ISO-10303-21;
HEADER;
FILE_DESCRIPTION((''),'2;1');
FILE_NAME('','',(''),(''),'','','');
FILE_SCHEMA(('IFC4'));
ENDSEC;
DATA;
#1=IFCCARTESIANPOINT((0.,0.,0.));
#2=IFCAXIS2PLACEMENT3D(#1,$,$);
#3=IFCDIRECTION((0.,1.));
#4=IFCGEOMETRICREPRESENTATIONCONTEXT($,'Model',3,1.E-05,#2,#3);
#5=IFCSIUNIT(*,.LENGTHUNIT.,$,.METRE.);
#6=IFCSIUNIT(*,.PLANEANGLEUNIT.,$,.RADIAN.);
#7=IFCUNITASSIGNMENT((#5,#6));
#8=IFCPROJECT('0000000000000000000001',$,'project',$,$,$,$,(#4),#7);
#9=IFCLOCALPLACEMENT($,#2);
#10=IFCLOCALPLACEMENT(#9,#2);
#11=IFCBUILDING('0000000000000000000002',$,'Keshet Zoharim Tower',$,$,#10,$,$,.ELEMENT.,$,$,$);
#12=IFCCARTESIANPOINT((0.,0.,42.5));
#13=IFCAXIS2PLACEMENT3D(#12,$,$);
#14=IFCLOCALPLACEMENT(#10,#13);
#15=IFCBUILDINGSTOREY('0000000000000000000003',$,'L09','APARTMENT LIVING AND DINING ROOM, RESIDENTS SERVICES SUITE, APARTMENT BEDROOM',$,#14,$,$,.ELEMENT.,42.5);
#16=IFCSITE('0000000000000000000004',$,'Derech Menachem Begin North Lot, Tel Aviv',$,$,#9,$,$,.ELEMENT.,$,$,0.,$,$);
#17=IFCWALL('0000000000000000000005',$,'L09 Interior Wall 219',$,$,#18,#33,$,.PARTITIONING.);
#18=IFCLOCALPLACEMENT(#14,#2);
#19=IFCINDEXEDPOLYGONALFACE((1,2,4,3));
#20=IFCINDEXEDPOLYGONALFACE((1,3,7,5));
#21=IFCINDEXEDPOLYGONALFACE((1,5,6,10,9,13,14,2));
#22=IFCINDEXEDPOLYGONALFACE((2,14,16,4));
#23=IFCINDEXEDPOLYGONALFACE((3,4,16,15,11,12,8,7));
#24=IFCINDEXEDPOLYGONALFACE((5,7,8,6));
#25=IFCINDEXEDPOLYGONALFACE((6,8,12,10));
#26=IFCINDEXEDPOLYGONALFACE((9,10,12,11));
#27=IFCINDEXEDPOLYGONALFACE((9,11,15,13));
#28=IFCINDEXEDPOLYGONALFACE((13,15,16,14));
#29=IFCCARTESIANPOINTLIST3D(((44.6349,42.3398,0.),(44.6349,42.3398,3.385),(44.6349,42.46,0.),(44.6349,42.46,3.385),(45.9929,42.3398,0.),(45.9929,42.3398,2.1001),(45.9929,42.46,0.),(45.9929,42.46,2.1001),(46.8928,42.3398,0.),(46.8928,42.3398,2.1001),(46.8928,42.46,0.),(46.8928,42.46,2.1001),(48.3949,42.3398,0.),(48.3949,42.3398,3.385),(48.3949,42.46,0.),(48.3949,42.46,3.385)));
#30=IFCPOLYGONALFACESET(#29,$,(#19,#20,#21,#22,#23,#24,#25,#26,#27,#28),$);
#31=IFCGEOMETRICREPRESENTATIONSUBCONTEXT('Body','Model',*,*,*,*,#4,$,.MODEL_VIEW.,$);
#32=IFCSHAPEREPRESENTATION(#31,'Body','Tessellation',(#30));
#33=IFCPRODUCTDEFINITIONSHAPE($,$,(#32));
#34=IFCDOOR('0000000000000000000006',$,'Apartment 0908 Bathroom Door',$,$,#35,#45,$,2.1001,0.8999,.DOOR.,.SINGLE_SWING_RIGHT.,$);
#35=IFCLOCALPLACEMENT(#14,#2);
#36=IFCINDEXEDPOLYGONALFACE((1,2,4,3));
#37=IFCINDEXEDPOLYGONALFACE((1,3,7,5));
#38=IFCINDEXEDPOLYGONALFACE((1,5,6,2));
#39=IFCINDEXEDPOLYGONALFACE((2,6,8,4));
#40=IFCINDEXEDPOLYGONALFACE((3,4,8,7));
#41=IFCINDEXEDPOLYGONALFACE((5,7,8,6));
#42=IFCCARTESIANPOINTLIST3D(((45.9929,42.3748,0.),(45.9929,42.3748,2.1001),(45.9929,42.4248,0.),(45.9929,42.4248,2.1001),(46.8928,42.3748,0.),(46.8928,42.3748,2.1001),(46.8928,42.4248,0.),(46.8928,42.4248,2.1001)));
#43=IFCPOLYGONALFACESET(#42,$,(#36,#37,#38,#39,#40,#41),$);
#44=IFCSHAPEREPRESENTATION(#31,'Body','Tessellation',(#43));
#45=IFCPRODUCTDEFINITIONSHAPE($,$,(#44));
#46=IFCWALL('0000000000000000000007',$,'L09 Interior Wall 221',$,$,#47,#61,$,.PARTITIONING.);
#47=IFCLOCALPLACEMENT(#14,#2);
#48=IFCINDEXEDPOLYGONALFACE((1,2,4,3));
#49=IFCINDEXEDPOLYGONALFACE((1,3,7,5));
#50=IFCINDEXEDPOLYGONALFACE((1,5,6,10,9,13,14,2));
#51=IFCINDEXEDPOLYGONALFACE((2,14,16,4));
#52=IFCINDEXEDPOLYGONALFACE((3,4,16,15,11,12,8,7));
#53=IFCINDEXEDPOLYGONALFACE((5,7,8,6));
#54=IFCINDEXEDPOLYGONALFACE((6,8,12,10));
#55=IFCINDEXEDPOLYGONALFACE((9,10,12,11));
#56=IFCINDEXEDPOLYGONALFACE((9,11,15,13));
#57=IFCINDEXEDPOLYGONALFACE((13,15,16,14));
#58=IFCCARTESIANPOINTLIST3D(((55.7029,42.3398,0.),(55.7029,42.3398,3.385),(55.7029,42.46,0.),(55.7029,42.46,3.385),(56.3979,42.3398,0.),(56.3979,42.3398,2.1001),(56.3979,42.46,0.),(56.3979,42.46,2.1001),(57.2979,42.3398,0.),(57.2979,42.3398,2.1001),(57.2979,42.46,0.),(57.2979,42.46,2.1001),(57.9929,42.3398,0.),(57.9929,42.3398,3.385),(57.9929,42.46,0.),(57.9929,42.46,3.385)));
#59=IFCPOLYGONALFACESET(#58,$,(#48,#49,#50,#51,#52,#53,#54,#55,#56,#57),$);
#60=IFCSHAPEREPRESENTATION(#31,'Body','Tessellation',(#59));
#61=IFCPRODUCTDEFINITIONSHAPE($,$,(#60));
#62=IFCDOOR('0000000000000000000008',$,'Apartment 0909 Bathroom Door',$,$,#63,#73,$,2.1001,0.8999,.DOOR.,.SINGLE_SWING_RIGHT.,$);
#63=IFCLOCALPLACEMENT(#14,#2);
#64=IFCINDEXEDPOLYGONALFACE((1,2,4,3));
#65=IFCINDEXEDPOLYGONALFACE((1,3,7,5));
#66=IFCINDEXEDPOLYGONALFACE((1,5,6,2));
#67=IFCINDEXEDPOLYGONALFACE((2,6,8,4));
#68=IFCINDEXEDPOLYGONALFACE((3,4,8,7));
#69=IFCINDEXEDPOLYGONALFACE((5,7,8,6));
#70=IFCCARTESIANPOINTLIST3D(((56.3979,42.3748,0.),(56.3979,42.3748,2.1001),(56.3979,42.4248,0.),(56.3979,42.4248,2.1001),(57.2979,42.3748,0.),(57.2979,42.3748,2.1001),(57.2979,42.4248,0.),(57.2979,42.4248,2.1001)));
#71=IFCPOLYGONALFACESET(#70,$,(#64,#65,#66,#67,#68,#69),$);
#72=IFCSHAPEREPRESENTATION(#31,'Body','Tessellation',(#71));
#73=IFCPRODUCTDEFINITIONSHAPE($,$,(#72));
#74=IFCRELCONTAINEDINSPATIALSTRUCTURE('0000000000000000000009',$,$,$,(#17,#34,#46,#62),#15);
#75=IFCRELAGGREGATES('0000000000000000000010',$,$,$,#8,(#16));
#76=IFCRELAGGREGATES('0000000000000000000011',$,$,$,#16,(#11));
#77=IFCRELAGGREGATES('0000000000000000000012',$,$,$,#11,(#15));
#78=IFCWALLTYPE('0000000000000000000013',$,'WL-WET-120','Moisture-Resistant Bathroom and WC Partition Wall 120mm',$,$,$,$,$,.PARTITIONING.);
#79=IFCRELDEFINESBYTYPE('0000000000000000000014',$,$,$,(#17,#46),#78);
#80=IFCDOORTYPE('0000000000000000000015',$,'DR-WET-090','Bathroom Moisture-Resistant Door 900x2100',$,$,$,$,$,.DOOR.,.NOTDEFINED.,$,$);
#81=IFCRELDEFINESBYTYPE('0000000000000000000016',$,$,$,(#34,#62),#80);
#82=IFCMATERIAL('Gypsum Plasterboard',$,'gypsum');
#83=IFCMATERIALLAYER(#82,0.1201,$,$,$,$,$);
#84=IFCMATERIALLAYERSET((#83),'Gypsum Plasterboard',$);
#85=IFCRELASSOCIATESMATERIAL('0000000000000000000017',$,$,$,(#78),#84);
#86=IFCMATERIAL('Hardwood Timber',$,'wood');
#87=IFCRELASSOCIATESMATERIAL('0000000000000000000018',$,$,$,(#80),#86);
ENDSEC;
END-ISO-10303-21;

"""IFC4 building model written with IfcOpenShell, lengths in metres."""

from ifc_helpers import new_model, si_unit, direction, frame, frame_2d, origin, place, context, subcontext, project, spatial, rectangle, extrude, material, layer, layer_set, type_object, element, fill, save


model = new_model("IFC4")

# Units and contexts
model_context = context("Model", 3, precision=1e-05, world=origin(), true_north=direction((0.0, 1.0)))
body_context = subcontext(model_context, "Body", "Model", "MODEL_VIEW")
ifc_project = project(units=[si_unit("LENGTHUNIT", "METRE"), si_unit("PLANEANGLEUNIT", "RADIAN")], contexts=[model_context])

# Site, building, storey
site_placement = place(None, origin())
site = spatial("IfcSite", under=ifc_project, at=site_placement, Name="Derech Menachem Begin North Lot, Tel Aviv", CompositionType="ELEMENT", RefElevation=0.0)
building_placement = place(site_placement, origin())
building = spatial("IfcBuilding", under=site, at=building_placement, Name="Keshet Zoharim Tower", CompositionType="ELEMENT")
storey_placement = place(building_placement, frame((0.0, 0.0, 42.5)))
storey = spatial("IfcBuildingStorey", under=building, at=storey_placement, Name="L09", Description="APARTMENT LIVING AND DINING ROOM, RESIDENTS SERVICES SUITE, APARTMENT BEDROOM", CompositionType="ELEMENT", Elevation=42.5)

# Shared definitions
ifc_material_1 = material(Name="Gypsum Plasterboard", Category="gypsum")

# Shared definitions
ifc_material_2 = material(Name="Hardwood Timber", Category="wood")

# Shared definitions
ifc_layer_1 = layer(ifc_material_1, 0.1201)
ifc_layer_set_1 = layer_set([ifc_layer_1], Name="Gypsum Plasterboard")
wall_type_1 = type_object("IfcWallType", Name="WL-WET-120", Description="Moisture-Resistant Bathroom and WC Partition Wall 120mm", PredefinedType="PARTITIONING", material=ifc_layer_set_1)

# Walls, openings, doors
wall_1_placement = place(storey_placement, frame((44.635, 42.3999, 0.0), z_axis=(0.0, 0.0, 1.0), x_axis=(1.0, 0.0, 0.0)))
wall_1 = element("IfcWall", 1, at=wall_1_placement, inside=storey, type_object=wall_type_1, Name="L09 Interior Wall 219", PredefinedType="PARTITIONING", context=body_context, shape_type="SweptSolid", body=[
    extrude(rectangle(XDim=3.76, YDim=0.1201, at=frame_2d((1.8799, 0.0))), origin(), (0.0, 0.0, 1.0), 3.385),
])
opening_1_placement = place(wall_1_placement, frame((1.3579, 0.0, 0.0)))
opening_1 = element("IfcOpeningElement", 2, at=opening_1_placement, cuts=wall_1, PredefinedType="OPENING", context=body_context, shape_type="SweptSolid", body=[
    extrude(rectangle(XDim=0.8999, YDim=2.1001, at=frame_2d((0.45, 1.05))), frame((0.0, 0.0701, 0.0), z_axis=(0.0, -1.0, 0.0), x_axis=(1.0, 0.0, 0.0)), (0.0, 0.0, 1.0), 0.1401),
])
door_type_1 = type_object("IfcDoorType", Name="DR-WET-090", Description="Bathroom Moisture-Resistant Door 900x2100", OperationType="NOTDEFINED", PredefinedType="DOOR", material=ifc_material_2)
door_1_placement = place(opening_1_placement, origin())
door_1 = element("IfcDoor", 3, at=door_1_placement, inside=storey, type_object=door_type_1, Name="Apartment 0908 Bathroom Door", OperationType="SINGLE_SWING_RIGHT", OverallHeight=2.1001, OverallWidth=0.8999, PredefinedType="DOOR", context=body_context, shape_type="SweptSolid", body=[
    extrude(rectangle(XDim=0.8999, YDim=2.1001, at=frame_2d((0.45, 1.05))), frame((0.0, 0.0249, 0.0), z_axis=(0.0, -1.0, 0.0), x_axis=(1.0, 0.0, 0.0)), (0.0, 0.0, 1.0), 0.05),
])
fill(opening_1, door_1)
wall_2_placement = place(storey_placement, frame((55.7029, 42.3999, 0.0), z_axis=(0.0, 0.0, 1.0), x_axis=(1.0, 0.0, 0.0)))
wall_2 = element("IfcWall", 4, at=wall_2_placement, inside=storey, type_object=wall_type_1, Name="L09 Interior Wall 221", PredefinedType="PARTITIONING", context=body_context, shape_type="SweptSolid", body=[
    extrude(rectangle(XDim=2.29, YDim=0.1201, at=frame_2d((1.145, 0.0))), origin(), (0.0, 0.0, 1.0), 3.385),
])
opening_2_placement = place(wall_2_placement, frame((0.6951, 0.0, 0.0)))
opening_2 = element("IfcOpeningElement", 5, at=opening_2_placement, cuts=wall_2, PredefinedType="OPENING", context=body_context, shape_type="SweptSolid", body=[
    extrude(rectangle(XDim=0.8999, YDim=2.1001, at=frame_2d((0.45, 1.05))), frame((0.0, 0.0701, 0.0), z_axis=(0.0, -1.0, 0.0), x_axis=(1.0, 0.0, 0.0)), (0.0, 0.0, 1.0), 0.1401),
])
door_2_placement = place(opening_2_placement, origin())
door_2 = element("IfcDoor", 6, at=door_2_placement, inside=storey, type_object=door_type_1, Name="Apartment 0909 Bathroom Door", OperationType="SINGLE_SWING_RIGHT", OverallHeight=2.1001, OverallWidth=0.8999, PredefinedType="DOOR", context=body_context, shape_type="SweptSolid", body=[
    extrude(rectangle(XDim=0.8999, YDim=2.1001, at=frame_2d((0.45, 1.05))), frame((0.0, 0.0249, 0.0), z_axis=(0.0, -1.0, 0.0), x_axis=(1.0, 0.0, 0.0)), (0.0, 0.0, 1.0), 0.05),
])
fill(opening_2, door_2)

save(model, "model.ifc")
